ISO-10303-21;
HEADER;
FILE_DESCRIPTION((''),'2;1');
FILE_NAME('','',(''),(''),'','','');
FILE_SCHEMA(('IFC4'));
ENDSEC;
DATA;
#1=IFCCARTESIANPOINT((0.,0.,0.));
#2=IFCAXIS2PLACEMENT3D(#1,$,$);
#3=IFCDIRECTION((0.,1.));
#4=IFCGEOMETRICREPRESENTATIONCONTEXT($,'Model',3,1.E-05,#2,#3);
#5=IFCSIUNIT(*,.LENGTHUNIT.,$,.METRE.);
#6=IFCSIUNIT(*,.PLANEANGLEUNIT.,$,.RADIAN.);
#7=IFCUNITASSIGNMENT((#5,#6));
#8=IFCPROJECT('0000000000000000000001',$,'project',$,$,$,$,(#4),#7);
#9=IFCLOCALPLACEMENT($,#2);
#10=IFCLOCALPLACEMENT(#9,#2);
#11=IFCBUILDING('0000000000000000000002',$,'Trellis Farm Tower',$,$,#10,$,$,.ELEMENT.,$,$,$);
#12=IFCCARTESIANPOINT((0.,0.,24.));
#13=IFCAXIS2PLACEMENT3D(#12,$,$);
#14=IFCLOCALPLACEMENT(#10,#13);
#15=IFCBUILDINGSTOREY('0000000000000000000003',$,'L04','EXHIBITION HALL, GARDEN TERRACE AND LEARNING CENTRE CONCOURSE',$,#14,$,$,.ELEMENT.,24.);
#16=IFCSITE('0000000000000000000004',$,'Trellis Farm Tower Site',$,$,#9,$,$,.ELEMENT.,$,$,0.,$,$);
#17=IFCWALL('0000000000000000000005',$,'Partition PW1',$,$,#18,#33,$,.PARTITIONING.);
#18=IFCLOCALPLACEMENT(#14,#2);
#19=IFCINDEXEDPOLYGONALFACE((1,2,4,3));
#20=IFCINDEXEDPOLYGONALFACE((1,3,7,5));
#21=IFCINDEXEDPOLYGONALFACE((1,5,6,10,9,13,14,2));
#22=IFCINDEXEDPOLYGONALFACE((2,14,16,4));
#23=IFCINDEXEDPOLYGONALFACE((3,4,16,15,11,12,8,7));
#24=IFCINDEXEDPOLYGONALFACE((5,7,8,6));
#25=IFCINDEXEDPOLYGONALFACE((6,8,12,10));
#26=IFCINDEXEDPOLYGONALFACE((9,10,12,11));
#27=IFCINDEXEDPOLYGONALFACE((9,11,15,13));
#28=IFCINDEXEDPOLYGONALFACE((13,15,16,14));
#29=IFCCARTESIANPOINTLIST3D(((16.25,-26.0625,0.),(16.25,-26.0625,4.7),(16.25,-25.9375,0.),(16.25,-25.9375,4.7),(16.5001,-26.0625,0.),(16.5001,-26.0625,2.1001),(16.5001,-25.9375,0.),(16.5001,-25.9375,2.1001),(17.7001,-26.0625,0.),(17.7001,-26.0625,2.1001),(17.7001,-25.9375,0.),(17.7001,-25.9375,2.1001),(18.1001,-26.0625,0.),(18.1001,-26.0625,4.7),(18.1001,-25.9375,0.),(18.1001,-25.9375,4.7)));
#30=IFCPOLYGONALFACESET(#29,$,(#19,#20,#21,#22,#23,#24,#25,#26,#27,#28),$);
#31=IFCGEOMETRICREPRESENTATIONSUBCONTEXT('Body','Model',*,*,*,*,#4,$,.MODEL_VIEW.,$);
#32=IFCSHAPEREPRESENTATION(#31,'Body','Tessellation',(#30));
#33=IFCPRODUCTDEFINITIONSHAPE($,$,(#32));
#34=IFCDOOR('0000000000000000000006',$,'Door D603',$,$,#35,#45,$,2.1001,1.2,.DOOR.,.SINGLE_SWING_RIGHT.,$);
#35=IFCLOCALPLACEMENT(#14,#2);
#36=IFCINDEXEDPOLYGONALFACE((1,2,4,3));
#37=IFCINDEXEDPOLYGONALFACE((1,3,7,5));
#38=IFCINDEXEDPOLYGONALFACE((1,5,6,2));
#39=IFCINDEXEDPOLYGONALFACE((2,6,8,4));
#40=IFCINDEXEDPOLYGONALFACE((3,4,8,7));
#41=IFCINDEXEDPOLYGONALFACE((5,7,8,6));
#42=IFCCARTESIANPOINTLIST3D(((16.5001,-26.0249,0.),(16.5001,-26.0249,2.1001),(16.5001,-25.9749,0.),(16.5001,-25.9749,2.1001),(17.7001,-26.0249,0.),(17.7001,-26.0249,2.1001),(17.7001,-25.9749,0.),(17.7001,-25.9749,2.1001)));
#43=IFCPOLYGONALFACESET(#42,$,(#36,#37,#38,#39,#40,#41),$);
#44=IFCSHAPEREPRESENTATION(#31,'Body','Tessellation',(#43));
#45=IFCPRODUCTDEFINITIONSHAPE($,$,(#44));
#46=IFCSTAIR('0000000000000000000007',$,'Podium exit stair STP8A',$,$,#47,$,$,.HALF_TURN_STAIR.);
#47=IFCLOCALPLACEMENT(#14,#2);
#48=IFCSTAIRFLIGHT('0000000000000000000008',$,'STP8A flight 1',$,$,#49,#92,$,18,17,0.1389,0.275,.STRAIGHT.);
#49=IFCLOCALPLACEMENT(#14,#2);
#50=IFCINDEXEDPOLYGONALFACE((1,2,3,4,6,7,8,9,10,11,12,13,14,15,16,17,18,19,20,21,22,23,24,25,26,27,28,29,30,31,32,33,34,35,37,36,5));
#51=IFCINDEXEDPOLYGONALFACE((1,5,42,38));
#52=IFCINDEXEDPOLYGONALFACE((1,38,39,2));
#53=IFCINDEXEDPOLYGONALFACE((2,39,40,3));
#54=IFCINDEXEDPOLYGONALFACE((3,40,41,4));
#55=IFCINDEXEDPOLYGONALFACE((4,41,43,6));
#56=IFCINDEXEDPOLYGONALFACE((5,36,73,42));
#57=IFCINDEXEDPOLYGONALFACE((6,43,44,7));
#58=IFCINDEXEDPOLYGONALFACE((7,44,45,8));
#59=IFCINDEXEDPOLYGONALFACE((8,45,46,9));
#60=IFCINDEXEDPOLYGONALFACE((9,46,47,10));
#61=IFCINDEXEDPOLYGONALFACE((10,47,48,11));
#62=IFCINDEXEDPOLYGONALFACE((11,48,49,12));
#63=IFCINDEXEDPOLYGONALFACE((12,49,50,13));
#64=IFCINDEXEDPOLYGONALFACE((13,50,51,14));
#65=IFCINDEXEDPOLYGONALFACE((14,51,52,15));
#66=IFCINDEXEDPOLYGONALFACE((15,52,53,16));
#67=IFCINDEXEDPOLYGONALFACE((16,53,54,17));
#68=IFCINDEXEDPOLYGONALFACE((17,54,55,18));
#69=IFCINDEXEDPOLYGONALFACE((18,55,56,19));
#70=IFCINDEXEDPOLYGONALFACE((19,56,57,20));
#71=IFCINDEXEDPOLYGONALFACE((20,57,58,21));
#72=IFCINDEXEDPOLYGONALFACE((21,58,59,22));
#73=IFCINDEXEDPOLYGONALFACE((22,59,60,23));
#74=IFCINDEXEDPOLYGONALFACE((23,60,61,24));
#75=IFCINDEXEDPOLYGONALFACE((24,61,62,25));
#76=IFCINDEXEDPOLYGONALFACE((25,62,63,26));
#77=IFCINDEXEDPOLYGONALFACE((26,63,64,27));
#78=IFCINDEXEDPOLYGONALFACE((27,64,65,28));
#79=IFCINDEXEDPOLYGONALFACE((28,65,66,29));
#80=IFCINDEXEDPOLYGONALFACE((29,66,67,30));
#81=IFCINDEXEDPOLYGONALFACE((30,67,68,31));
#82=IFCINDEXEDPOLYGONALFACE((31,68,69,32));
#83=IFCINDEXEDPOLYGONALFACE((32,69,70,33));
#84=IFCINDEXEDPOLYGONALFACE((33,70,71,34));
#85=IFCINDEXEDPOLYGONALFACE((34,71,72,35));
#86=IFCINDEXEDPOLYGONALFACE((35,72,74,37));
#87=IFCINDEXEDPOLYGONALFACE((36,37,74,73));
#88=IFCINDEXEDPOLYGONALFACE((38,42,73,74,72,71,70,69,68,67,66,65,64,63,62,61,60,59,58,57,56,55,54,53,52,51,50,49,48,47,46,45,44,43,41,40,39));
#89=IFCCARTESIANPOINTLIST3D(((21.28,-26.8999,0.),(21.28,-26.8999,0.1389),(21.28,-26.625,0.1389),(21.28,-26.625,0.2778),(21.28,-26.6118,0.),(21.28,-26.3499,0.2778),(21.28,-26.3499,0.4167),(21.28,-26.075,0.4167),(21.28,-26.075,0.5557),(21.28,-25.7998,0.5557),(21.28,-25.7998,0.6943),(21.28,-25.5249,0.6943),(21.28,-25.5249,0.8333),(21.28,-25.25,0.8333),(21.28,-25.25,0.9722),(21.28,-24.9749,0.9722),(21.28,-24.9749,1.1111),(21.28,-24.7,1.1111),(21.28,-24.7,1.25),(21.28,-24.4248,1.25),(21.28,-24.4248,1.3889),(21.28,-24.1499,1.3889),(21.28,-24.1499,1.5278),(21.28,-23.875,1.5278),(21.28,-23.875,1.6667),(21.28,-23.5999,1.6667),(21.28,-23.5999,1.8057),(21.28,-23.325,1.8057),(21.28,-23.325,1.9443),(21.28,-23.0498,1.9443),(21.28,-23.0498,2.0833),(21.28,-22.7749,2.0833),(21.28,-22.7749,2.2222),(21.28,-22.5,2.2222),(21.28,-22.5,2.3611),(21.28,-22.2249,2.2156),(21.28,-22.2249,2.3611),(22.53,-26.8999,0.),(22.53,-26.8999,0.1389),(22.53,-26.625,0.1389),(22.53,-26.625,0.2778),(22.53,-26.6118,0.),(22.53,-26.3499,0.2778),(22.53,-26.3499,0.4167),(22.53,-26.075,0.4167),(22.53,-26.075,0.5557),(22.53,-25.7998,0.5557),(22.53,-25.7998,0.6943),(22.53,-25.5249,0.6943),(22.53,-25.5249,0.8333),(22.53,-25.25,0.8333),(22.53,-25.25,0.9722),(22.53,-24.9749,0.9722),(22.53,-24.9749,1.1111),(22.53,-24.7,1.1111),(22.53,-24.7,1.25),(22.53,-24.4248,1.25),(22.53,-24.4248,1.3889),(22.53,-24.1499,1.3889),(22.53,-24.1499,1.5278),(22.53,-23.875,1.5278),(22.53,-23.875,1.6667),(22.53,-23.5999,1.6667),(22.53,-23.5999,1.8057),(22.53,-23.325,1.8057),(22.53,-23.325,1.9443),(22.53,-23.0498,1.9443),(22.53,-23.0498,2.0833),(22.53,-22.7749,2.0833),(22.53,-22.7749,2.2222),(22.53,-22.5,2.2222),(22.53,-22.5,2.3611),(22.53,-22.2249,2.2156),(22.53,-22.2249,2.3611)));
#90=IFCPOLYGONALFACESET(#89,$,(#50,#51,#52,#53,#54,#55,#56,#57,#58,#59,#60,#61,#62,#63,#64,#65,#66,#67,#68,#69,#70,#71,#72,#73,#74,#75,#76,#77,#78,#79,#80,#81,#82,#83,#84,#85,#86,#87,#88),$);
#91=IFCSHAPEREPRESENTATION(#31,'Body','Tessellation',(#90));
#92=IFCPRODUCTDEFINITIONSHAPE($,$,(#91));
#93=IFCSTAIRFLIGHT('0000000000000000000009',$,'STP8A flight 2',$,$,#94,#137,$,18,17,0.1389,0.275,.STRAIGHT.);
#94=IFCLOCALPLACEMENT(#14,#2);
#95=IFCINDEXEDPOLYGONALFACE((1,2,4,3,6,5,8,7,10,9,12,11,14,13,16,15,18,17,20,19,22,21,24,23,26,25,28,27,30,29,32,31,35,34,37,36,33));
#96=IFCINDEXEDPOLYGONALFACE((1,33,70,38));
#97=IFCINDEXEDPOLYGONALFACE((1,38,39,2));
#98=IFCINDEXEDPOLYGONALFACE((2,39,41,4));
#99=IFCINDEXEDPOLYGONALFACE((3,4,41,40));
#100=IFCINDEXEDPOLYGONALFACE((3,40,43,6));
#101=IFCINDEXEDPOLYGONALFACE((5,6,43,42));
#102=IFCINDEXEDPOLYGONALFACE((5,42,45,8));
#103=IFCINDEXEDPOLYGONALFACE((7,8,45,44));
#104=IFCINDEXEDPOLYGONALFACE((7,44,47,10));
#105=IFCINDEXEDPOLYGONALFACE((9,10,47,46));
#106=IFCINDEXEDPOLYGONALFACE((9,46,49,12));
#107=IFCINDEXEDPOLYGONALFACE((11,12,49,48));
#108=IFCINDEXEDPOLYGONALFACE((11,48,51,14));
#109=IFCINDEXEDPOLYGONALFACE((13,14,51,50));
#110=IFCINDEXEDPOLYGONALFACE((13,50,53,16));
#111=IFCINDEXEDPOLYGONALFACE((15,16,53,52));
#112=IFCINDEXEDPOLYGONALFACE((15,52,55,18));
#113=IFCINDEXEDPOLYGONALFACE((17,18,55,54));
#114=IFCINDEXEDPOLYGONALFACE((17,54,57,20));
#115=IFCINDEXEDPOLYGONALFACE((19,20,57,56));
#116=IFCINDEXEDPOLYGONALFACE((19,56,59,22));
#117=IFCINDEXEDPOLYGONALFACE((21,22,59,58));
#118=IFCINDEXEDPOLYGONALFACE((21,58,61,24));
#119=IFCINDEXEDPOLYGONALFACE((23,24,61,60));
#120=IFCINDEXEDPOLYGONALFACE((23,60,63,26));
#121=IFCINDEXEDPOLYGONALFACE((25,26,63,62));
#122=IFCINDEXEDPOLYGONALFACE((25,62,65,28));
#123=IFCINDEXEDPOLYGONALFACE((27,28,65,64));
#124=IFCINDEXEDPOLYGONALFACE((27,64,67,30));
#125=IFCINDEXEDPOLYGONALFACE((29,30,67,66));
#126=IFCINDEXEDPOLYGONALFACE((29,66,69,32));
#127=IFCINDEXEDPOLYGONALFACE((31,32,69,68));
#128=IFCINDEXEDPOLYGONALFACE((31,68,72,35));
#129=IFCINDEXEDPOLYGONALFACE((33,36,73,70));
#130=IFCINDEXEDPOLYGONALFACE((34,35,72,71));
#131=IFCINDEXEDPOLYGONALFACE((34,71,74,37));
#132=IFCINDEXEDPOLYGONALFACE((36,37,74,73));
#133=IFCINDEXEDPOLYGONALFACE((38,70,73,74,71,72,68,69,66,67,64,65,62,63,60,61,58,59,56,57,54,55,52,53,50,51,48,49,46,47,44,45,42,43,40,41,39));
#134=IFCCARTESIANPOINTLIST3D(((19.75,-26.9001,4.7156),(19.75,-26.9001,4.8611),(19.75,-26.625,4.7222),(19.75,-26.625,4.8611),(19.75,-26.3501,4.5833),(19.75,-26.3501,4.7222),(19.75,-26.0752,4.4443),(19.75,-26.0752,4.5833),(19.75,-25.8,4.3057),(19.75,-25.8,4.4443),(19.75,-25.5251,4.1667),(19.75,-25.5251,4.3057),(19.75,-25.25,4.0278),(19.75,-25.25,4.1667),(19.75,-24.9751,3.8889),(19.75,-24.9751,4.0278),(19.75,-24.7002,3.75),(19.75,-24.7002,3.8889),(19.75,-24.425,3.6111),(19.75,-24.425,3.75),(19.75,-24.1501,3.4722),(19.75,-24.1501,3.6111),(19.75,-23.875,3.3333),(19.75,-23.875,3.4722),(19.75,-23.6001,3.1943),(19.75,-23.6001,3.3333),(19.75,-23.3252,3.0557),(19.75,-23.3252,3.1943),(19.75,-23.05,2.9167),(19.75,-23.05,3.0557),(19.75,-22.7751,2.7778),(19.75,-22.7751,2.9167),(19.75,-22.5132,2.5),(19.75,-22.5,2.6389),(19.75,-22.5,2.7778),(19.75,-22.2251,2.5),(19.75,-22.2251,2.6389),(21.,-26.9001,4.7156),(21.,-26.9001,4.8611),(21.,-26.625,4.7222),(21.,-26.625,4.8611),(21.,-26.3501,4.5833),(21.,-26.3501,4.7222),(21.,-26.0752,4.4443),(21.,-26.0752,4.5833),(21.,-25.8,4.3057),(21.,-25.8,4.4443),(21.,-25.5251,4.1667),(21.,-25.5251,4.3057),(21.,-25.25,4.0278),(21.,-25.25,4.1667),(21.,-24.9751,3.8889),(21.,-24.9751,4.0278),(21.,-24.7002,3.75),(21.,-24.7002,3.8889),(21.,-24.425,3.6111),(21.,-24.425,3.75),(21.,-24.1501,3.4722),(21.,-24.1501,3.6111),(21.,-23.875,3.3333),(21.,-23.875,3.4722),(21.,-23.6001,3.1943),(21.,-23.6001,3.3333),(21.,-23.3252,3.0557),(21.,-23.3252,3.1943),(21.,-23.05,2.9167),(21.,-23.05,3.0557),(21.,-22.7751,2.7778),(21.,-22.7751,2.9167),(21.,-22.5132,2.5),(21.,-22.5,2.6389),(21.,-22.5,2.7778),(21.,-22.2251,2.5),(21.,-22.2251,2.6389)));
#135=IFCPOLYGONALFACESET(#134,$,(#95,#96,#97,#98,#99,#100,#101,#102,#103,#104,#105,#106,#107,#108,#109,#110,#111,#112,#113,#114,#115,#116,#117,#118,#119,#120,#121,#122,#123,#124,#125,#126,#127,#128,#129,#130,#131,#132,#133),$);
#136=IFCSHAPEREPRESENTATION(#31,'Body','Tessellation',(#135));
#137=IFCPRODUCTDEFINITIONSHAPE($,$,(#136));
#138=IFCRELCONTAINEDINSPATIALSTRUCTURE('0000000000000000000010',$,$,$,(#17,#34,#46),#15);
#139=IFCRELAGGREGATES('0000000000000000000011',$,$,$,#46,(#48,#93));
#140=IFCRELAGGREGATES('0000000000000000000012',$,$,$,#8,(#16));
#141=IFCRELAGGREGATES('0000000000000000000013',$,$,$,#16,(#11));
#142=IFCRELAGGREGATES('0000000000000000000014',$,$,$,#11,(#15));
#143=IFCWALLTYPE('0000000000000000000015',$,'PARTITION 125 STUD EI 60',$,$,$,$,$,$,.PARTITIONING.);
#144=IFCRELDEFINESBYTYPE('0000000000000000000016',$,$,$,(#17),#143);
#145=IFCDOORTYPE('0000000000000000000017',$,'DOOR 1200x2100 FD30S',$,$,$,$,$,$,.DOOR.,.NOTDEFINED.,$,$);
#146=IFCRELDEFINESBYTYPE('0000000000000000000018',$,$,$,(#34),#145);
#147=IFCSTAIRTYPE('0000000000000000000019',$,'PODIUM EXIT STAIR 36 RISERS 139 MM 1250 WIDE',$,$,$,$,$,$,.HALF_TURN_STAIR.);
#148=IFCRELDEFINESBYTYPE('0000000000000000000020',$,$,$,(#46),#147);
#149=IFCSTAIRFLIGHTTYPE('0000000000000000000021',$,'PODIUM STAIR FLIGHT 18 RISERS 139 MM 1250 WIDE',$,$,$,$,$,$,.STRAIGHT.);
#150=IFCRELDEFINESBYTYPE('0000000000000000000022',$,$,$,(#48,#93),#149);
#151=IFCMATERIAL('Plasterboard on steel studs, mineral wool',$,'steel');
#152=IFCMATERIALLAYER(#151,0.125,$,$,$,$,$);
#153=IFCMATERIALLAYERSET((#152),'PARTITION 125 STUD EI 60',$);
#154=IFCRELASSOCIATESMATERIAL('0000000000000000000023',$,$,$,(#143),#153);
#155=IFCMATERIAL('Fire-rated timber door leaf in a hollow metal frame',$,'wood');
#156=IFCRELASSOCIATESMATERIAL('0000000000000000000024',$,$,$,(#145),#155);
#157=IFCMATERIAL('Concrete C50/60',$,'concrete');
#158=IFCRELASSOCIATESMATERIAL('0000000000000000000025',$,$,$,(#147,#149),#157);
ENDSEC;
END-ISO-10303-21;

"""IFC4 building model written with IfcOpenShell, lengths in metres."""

from ifc_helpers import new_model, si_unit, direction, frame, frame_2d, origin, place, context, subcontext, project, spatial, polyline, rectangle, outline, extrude, source, transform, mapped, material, layer, layer_set, type_object, element, fill, aggregate, save


model = new_model("IFC4")

# Units and contexts
model_context = context("Model", 3, precision=1e-05, world=origin(), true_north=direction((0.0, 1.0)))
body_context = subcontext(model_context, "Body", "Model", "MODEL_VIEW")
ifc_project = project(units=[si_unit("LENGTHUNIT", "METRE"), si_unit("PLANEANGLEUNIT", "RADIAN")], contexts=[model_context])

# Site, building, storey
site_placement = place(None, origin())
site = spatial("IfcSite", under=ifc_project, at=site_placement, Name="Trellis Farm Tower Site", CompositionType="ELEMENT", RefElevation=0.0)
building_placement = place(site_placement, origin())
building = spatial("IfcBuilding", under=site, at=building_placement, Name="Trellis Farm Tower", CompositionType="ELEMENT")
storey_placement = place(building_placement, frame((0.0, 0.0, 24.0)))
storey = spatial("IfcBuildingStorey", under=building, at=storey_placement, Name="L04", Description="EXHIBITION HALL, GARDEN TERRACE AND LEARNING CENTRE CONCOURSE", CompositionType="ELEMENT", Elevation=24.0)

# Shared definitions
ifc_material_1 = material(Name="Fire-rated timber door leaf in a hollow metal frame", Category="wood")

# Wall, opening, door
ifc_material_2 = material(Name="Plasterboard on steel studs, mineral wool", Category="steel")
ifc_layer_1 = layer(ifc_material_2, 0.125)
ifc_layer_set_1 = layer_set([ifc_layer_1], Name="PARTITION 125 STUD EI 60")
wall_type_1 = type_object("IfcWallType", Name="PARTITION 125 STUD EI 60", PredefinedType="PARTITIONING", material=ifc_layer_set_1)
shared_shape_1 = source(origin(), body_context, "Body", "SweptSolid", [
    extrude(rectangle(XDim=1.8501, YDim=0.125, at=frame_2d((0.925, 0.0))), origin(), (0.0, 0.0, 1.0), 4.7),
])
wall_1_placement = place(storey_placement, frame((18.1001, -26.0, 0.0), z_axis=(0.0, 0.0, 1.0), x_axis=(-1.0, 0.0, 0.0)))
wall_1 = element("IfcWall", 1, at=wall_1_placement, inside=storey, type_object=wall_type_1, Name="Partition PW1", PredefinedType="PARTITIONING", context=body_context, shape_type="MappedRepresentation", body=[
    mapped(shared_shape_1, transform((0.0, 0.0, 0.0))),
])
shared_shape_2 = source(origin(), body_context, "Body", "SweptSolid", [
    extrude(rectangle(XDim=1.2, YDim=2.1001, at=frame_2d((0.6001, 1.05))), frame((0.0, 0.0725, 0.0), z_axis=(0.0, -1.0, 0.0), x_axis=(1.0, 0.0, 0.0)), (0.0, 0.0, 1.0), 0.145),
])
opening_1_placement = place(wall_1_placement, frame((0.3999, 0.0, 0.0)))
opening_1 = element("IfcOpeningElement", 2, at=opening_1_placement, cuts=wall_1, PredefinedType="OPENING", context=body_context, shape_type="MappedRepresentation", body=[
    mapped(shared_shape_2, transform((0.0, 0.0, 0.0))),
])
door_type_1 = type_object("IfcDoorType", Name="DOOR 1200x2100 FD30S", OperationType="NOTDEFINED", PredefinedType="DOOR", material=ifc_material_1)
shared_shape_3 = source(origin(), body_context, "Body", "SweptSolid", [
    extrude(rectangle(XDim=1.2, YDim=2.1001, at=frame_2d((0.6001, 1.05))), frame((0.0, 0.0249, 0.0), z_axis=(0.0, -1.0, 0.0), x_axis=(1.0, 0.0, 0.0)), (0.0, 0.0, 1.0), 0.05),
])
door_1_placement = place(opening_1_placement, origin())
door_1 = element("IfcDoor", 3, at=door_1_placement, inside=storey, type_object=door_type_1, Name="Door D603", OperationType="SINGLE_SWING_RIGHT", OverallHeight=2.1001, OverallWidth=1.2, PredefinedType="DOOR", context=body_context, shape_type="MappedRepresentation", body=[
    mapped(shared_shape_3, transform((0.0, 0.0, 0.0))),
])
fill(opening_1, door_1)

# Stair, stair flights
ifc_material_3 = material(Name="Concrete C50/60", Category="concrete")
stair_type = type_object("IfcStairType", Name="PODIUM EXIT STAIR 36 RISERS 139 MM 1250 WIDE", PredefinedType="HALF_TURN_STAIR", material=ifc_material_3)
stair_placement = place(storey_placement, origin())
stair = element("IfcStair", 4, at=stair_placement, inside=storey, type_object=stair_type, Name="Podium exit stair STP8A", PredefinedType="HALF_TURN_STAIR")
stair_flight_type = type_object("IfcStairFlightType", Name="PODIUM STAIR FLIGHT 18 RISERS 139 MM 1250 WIDE", PredefinedType="STRAIGHT", material=ifc_material_3)
shared_shape_4 = source(origin(), body_context, "Body", "SweptSolid", [
    extrude(outline(polyline([(0.0, 0.0), (0.0, 0.1389), (0.2749, 0.1389), (0.2749, 0.2778), (0.55, 0.2778), (0.55, 0.4167), (0.825, 0.4167), (0.825, 0.5557), (1.1001, 0.5557), (1.1001, 0.6943), (1.375, 0.6943), (1.375, 0.8333), (1.6499, 0.8333), (1.6499, 0.9722), (1.925, 0.9722), (1.925, 1.1111), (2.2, 1.1111), (2.2, 1.25), (2.4751, 1.25), (2.4751, 1.3889), (2.75, 1.3889), (2.75, 1.5278), (3.0249, 1.5278), (3.0249, 1.6667), (3.3, 1.6667), (3.3, 1.8057), (3.575, 1.8057), (3.575, 1.9443), (3.8501, 1.9443), (3.8501, 2.0833), (4.125, 2.0833), (4.125, 2.2222), (4.3999, 2.2222), (4.3999, 2.3611), (4.675, 2.3611), (4.675, 2.5), (4.675, 2.2156), (0.2881, 0.0), (0.0, 0.0)])), frame((0.0, 0.625, 0.0), z_axis=(0.0, -1.0, 0.0), x_axis=(1.0, 0.0, 0.0)), (0.0, 0.0, 1.0), 1.25),
])
stair_flight_1_placement = place(storey_placement, frame((21.905, -26.8999, 0.0), z_axis=(0.0, 0.0, 1.0), x_axis=(0.0, 1.0, 0.0)))
stair_flight_1 = element("IfcStairFlight", 5, at=stair_flight_1_placement, type_object=stair_flight_type, Name="STP8A flight 1", NumberOfRisers=18, NumberOfTreads=17, PredefinedType="STRAIGHT", RiserHeight=0.1389, TreadLength=0.275, context=body_context, shape_type="MappedRepresentation", body=[
    mapped(shared_shape_4, transform((0.0, 0.0, 0.0))),
])
stair_flight_2_placement = place(storey_placement, frame((20.375, -22.2251, 2.5), z_axis=(0.0, 0.0, 1.0), x_axis=(0.0, -1.0, 0.0)))
stair_flight_2 = element("IfcStairFlight", 6, at=stair_flight_2_placement, type_object=stair_flight_type, Name="STP8A flight 2", NumberOfRisers=18, NumberOfTreads=17, PredefinedType="STRAIGHT", RiserHeight=0.1389, TreadLength=0.275, context=body_context, shape_type="MappedRepresentation", body=[
    mapped(shared_shape_4, transform((0.0, 0.0, 0.0))),
])
aggregate(stair, [stair_flight_1, stair_flight_2])

save(model, "model.ifc")
